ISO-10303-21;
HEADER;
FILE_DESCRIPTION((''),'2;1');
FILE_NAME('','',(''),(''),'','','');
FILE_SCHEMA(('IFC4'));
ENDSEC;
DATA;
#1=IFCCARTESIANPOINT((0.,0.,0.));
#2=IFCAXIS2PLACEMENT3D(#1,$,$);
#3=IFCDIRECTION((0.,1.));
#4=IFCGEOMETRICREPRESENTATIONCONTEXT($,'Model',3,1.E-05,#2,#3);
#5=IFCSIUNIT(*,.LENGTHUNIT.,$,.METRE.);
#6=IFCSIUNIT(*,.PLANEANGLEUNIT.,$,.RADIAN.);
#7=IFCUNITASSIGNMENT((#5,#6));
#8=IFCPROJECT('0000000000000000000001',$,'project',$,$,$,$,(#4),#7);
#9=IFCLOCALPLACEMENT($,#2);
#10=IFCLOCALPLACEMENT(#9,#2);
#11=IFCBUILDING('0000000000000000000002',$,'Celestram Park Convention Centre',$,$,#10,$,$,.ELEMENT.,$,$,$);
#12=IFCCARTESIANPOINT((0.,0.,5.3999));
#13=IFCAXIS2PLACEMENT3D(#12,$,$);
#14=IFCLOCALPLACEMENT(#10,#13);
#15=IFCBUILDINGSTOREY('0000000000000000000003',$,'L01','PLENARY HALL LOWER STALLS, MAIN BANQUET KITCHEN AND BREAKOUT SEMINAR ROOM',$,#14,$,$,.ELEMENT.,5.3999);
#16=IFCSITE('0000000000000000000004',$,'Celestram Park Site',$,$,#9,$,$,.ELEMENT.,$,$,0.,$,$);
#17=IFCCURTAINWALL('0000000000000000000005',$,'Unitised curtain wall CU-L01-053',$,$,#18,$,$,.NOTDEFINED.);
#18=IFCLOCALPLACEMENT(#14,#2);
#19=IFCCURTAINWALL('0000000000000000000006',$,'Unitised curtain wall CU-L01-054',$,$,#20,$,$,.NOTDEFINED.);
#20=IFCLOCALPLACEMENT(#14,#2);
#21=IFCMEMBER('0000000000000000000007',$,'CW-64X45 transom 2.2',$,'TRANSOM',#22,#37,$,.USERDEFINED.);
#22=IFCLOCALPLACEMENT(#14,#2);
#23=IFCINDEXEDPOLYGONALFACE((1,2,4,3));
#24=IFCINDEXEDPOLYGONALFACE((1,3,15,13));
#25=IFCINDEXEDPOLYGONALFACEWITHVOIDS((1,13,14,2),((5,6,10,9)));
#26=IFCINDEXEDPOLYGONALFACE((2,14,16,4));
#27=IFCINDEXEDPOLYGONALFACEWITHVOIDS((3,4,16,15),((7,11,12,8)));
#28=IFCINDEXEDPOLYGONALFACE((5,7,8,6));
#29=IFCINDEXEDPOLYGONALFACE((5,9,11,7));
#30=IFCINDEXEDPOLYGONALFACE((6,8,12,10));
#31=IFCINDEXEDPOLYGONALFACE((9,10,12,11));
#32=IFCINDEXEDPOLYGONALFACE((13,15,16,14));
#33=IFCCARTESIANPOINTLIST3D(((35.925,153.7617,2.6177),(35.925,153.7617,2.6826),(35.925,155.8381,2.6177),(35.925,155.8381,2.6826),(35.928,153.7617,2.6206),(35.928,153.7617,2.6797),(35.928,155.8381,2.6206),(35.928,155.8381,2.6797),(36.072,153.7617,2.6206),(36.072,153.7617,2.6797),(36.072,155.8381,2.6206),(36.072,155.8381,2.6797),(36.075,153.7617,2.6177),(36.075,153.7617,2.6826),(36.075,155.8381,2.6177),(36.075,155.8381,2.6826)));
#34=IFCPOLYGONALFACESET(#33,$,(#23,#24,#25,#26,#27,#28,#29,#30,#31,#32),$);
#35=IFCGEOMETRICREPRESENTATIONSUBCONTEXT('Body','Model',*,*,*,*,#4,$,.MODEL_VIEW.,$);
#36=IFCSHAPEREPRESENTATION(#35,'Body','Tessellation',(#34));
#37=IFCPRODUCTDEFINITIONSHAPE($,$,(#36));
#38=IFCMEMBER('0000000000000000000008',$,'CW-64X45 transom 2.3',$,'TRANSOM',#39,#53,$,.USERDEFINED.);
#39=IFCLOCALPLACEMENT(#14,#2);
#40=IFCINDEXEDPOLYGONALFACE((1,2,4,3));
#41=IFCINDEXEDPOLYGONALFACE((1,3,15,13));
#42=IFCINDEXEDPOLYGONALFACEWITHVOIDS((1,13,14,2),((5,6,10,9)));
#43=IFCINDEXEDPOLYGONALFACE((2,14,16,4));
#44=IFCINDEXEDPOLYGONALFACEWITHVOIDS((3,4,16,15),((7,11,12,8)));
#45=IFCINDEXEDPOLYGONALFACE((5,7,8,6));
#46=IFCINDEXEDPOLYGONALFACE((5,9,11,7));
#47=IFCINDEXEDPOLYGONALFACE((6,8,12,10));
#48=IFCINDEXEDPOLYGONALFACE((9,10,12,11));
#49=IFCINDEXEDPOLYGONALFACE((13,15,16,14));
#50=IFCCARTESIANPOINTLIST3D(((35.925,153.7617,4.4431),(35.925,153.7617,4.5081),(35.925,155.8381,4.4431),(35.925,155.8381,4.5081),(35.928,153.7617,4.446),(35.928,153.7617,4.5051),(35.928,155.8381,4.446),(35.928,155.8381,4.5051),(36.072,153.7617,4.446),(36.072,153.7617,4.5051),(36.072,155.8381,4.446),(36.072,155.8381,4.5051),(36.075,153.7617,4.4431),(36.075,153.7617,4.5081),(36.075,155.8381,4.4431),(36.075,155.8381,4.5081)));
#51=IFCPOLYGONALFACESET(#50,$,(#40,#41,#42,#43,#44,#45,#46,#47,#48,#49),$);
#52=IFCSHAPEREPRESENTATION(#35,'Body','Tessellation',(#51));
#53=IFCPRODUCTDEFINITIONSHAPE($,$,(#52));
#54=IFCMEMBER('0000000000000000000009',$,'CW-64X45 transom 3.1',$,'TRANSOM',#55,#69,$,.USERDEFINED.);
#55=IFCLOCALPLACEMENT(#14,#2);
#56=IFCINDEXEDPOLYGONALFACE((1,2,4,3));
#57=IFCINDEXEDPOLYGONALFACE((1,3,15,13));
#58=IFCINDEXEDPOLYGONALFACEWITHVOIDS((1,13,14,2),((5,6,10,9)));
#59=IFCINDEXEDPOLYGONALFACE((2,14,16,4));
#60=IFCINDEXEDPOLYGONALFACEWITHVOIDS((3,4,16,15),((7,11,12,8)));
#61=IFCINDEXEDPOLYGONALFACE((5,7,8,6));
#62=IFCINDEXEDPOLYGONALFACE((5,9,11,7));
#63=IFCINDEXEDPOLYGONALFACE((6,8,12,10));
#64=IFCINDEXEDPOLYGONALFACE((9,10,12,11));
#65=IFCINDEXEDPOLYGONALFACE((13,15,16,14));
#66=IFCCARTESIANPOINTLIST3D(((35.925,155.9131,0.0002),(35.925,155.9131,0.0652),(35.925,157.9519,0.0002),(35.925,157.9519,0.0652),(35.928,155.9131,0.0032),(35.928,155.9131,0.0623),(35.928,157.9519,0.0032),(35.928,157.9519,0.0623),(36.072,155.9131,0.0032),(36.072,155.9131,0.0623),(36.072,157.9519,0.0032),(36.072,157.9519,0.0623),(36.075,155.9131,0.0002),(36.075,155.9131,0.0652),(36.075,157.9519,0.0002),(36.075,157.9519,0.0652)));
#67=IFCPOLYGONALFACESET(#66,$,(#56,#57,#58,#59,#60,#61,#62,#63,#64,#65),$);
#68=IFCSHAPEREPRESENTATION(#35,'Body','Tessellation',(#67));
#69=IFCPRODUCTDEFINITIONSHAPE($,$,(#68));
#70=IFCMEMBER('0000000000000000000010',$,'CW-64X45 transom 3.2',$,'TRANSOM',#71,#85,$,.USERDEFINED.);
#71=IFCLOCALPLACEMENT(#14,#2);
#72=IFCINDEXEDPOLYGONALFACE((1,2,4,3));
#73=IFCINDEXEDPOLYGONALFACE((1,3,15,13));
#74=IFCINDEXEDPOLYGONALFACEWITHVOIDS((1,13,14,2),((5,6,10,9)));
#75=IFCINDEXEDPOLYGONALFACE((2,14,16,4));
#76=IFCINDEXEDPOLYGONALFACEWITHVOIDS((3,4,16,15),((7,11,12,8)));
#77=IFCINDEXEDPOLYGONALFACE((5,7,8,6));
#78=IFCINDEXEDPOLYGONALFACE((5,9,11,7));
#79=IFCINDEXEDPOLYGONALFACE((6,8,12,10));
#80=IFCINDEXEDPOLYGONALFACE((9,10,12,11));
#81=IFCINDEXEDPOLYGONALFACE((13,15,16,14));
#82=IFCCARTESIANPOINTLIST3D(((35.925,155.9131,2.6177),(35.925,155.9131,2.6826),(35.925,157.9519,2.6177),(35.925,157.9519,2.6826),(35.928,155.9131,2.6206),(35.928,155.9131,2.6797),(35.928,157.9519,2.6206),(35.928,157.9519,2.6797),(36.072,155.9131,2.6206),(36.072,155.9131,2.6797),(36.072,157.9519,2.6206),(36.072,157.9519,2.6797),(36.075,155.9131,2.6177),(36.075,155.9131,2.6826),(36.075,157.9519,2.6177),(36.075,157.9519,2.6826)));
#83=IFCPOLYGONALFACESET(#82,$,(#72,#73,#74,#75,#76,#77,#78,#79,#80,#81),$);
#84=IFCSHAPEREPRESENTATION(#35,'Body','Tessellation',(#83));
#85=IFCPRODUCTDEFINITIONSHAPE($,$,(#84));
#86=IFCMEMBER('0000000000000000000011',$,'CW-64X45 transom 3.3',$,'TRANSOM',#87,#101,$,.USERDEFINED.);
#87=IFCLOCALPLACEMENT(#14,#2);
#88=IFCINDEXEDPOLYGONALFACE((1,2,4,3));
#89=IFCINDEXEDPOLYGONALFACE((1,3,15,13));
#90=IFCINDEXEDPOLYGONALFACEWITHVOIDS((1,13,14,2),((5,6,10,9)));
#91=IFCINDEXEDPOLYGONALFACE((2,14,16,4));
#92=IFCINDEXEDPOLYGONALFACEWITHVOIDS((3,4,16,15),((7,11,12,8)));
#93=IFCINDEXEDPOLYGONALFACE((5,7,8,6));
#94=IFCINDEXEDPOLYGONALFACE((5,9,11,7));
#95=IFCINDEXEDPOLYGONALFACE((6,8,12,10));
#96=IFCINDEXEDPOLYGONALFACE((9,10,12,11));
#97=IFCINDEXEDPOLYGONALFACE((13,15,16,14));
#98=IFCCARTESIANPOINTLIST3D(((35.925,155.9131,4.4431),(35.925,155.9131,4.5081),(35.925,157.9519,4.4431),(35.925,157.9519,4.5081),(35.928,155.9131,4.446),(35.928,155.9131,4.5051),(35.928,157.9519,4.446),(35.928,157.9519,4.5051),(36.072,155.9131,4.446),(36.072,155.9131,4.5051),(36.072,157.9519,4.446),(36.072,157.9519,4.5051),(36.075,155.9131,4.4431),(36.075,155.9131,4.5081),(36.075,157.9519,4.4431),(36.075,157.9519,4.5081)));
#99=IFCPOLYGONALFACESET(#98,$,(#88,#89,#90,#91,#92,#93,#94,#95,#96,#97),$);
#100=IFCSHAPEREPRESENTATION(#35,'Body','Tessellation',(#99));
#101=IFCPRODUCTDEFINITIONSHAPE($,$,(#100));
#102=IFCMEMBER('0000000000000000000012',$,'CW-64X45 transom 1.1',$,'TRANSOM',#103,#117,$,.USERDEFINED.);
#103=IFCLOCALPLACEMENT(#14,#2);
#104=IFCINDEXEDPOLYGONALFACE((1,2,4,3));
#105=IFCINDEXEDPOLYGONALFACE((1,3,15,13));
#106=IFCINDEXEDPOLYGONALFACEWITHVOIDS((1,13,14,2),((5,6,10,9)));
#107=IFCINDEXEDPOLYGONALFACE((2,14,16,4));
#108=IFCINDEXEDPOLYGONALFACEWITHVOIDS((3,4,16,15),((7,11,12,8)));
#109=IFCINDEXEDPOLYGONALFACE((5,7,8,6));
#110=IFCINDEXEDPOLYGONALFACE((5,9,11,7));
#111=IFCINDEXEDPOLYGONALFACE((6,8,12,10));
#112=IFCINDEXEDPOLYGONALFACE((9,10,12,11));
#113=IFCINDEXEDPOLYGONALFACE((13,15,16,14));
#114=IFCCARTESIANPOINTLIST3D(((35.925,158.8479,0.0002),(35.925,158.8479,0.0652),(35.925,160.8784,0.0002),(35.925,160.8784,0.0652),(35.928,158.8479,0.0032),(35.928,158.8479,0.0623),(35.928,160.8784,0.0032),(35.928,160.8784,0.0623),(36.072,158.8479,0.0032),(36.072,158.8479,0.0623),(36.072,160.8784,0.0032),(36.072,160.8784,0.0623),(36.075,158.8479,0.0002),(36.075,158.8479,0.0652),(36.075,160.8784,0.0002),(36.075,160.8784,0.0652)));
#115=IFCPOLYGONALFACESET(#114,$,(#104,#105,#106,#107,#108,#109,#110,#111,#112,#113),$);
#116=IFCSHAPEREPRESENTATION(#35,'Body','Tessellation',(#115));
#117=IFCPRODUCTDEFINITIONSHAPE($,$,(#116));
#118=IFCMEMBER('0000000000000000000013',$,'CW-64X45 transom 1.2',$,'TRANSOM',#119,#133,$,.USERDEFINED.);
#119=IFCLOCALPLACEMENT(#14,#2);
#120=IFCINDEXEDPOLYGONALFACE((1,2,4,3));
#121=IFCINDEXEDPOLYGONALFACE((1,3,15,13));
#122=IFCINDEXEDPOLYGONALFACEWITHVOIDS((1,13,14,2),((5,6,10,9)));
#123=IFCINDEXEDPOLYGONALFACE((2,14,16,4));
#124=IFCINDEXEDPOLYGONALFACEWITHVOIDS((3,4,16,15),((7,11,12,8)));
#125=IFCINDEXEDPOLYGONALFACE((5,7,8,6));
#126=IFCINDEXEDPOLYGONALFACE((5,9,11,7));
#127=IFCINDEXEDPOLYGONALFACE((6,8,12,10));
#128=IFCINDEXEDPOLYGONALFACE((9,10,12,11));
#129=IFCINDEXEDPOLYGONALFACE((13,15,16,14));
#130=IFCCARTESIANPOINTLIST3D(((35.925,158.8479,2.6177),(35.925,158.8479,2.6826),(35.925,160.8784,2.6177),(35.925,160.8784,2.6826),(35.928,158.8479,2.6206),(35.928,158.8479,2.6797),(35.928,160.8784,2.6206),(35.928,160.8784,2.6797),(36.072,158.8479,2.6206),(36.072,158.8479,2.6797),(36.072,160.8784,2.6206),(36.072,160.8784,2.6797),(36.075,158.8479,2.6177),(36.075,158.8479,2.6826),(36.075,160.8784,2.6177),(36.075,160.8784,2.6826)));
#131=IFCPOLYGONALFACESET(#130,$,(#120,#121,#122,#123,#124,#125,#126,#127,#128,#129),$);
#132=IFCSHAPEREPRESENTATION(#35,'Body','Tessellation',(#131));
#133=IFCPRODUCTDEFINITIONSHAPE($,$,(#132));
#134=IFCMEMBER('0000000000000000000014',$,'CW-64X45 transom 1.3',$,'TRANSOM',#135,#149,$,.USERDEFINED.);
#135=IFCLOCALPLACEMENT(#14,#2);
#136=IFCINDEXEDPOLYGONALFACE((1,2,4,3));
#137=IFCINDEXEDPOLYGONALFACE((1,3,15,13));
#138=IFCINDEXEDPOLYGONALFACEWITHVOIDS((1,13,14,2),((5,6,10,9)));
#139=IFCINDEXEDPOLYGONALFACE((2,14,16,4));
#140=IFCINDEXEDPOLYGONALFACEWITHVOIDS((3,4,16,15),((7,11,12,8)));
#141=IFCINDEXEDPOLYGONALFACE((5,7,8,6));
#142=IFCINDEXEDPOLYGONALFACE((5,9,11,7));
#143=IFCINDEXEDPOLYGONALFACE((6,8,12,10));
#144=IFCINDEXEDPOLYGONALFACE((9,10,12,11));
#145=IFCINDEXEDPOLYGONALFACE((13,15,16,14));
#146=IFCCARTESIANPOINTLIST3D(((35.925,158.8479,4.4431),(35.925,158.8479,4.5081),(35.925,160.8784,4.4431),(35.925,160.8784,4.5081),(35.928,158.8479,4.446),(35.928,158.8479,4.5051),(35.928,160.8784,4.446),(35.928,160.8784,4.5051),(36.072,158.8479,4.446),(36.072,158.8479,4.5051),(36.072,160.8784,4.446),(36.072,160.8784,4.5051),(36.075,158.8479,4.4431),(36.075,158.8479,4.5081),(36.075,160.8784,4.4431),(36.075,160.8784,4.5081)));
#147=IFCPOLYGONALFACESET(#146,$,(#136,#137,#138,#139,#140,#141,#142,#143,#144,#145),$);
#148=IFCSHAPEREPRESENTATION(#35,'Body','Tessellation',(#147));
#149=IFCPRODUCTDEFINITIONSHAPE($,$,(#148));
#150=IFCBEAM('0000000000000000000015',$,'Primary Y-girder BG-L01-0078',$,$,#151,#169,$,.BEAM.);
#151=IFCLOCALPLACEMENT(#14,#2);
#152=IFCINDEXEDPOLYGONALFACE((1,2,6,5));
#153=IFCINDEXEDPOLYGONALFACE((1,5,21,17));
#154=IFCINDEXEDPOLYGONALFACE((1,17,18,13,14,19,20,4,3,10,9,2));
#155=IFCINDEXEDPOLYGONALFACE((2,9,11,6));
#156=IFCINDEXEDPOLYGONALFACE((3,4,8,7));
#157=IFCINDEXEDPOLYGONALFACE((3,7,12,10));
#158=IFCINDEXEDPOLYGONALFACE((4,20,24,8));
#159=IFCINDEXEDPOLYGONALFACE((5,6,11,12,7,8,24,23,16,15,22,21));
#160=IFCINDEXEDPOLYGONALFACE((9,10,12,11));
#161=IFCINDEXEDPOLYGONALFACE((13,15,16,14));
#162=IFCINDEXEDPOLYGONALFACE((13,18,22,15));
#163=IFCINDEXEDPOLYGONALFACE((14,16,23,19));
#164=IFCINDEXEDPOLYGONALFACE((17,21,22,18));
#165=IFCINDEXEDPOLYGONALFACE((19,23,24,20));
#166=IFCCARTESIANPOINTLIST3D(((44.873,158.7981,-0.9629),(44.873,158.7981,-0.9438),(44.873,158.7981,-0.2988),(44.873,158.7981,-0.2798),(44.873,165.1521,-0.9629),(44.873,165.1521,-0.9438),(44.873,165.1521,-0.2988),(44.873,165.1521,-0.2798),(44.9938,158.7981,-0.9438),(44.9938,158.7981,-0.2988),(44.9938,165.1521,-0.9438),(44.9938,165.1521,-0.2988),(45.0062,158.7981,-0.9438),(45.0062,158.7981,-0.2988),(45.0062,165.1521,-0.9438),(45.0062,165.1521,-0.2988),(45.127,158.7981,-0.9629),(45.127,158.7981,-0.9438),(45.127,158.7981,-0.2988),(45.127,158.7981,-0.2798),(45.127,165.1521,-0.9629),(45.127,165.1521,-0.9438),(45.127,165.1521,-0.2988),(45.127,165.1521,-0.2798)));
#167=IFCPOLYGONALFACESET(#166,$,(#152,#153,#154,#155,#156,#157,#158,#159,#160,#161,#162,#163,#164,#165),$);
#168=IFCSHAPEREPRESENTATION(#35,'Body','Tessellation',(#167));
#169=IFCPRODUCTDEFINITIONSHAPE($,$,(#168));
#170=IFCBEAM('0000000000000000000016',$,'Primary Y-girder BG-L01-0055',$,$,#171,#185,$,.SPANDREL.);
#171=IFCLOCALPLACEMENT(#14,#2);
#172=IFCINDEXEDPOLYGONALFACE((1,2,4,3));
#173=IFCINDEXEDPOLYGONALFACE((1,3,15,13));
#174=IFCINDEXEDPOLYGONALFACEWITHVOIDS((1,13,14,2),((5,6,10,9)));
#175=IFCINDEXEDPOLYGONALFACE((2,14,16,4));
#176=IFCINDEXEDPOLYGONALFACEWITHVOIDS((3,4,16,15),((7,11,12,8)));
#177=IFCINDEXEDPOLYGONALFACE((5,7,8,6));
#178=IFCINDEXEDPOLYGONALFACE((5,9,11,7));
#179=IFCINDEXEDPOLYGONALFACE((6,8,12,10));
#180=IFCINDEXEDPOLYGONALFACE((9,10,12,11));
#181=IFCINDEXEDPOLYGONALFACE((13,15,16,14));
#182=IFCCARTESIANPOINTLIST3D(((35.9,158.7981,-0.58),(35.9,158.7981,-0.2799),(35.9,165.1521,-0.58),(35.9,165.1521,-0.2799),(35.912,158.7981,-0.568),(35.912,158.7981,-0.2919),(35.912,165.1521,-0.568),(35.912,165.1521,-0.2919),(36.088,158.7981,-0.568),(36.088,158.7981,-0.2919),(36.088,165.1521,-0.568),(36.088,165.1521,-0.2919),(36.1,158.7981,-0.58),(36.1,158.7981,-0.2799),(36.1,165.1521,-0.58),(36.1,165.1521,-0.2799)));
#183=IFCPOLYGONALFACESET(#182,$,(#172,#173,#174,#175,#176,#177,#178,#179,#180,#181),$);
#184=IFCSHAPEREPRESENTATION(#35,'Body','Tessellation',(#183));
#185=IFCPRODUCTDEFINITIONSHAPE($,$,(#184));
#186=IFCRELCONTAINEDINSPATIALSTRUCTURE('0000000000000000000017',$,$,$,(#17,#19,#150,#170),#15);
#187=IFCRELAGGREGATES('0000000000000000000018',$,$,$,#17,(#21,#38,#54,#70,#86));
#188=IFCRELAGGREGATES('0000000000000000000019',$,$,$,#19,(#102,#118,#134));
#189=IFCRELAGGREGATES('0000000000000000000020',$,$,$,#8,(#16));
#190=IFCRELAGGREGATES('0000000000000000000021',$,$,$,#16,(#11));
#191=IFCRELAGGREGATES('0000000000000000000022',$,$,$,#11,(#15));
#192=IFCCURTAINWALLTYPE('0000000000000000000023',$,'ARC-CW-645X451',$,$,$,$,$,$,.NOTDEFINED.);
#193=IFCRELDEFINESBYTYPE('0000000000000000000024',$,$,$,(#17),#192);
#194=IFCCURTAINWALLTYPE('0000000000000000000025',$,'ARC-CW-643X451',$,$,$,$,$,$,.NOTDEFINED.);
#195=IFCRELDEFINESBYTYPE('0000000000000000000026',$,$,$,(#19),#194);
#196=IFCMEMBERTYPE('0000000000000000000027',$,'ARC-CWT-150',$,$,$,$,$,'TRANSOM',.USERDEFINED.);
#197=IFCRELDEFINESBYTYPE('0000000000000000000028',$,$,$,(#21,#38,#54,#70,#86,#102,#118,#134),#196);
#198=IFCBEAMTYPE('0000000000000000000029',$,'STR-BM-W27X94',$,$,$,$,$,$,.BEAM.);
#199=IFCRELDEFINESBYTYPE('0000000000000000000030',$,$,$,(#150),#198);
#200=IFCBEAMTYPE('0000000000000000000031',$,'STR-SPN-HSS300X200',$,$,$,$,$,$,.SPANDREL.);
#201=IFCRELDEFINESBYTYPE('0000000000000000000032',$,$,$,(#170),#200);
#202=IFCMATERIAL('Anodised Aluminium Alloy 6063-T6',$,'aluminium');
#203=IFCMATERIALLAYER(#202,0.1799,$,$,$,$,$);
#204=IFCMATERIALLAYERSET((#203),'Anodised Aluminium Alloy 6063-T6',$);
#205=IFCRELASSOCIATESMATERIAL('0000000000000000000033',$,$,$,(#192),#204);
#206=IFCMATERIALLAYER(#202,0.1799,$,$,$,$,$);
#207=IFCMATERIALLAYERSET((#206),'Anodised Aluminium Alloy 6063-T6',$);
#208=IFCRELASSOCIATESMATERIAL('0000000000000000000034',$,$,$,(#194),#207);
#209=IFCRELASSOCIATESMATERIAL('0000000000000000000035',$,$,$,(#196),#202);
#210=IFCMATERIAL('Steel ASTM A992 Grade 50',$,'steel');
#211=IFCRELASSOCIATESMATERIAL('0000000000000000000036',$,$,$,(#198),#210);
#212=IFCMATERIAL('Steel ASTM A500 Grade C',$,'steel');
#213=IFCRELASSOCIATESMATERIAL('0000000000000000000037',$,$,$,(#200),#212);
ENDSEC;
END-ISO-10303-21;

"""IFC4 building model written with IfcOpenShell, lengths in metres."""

from ifc_helpers import new_model, si_unit, direction, frame, origin, origin_2d, place, context, subcontext, project, spatial, hollow_rectangle, i_section, extrude, material, layer, layer_set, material_profile, profile_set, type_object, element, aggregate, save


model = new_model("IFC4")

# Units and contexts
model_context = context("Model", 3, precision=1e-05, world=origin(), true_north=direction((0.0, 1.0)))
body_context = subcontext(model_context, "Body", "Model", "MODEL_VIEW")
ifc_project = project(units=[si_unit("LENGTHUNIT", "METRE"), si_unit("PLANEANGLEUNIT", "RADIAN")], contexts=[model_context])

# Site, building, storey
site_placement = place(None, origin())
site = spatial("IfcSite", under=ifc_project, at=site_placement, Name="Celestram Park Site", CompositionType="ELEMENT", RefElevation=0.0)
building_placement = place(site_placement, origin())
building = spatial("IfcBuilding", under=site, at=building_placement, Name="Celestram Park Convention Centre", CompositionType="ELEMENT")
storey_placement = place(building_placement, frame((0.0, 0.0, 5.3999)))
storey = spatial("IfcBuildingStorey", under=building, at=storey_placement, Name="L01", Description="PLENARY HALL LOWER STALLS, MAIN BANQUET KITCHEN AND BREAKOUT SEMINAR ROOM", CompositionType="ELEMENT", Elevation=5.3999)

# Curtain wall
ifc_material_1 = material(Name="Anodised Aluminium Alloy 6063-T6", Category="aluminium")
ifc_layer_1 = layer(ifc_material_1, 0.1799)
ifc_layer_set_1 = layer_set([ifc_layer_1], Name="Anodised Aluminium Alloy 6063-T6")
curtain_wall_type_1 = type_object("IfcCurtainWallType", Name="ARC-CW-645X451", PredefinedType="NOTDEFINED", material=ifc_layer_set_1)
curtain_wall_1_placement = place(storey_placement, origin())
curtain_wall_1 = element("IfcCurtainWall", 1, at=curtain_wall_1_placement, inside=storey, type_object=curtain_wall_type_1, Name="Unitised curtain wall CU-L01-053", PredefinedType="NOTDEFINED")

# Curtain wall
ifc_layer_2 = layer(ifc_material_1, 0.1799)
ifc_layer_set_2 = layer_set([ifc_layer_2], Name="Anodised Aluminium Alloy 6063-T6")
curtain_wall_type_2 = type_object("IfcCurtainWallType", Name="ARC-CW-643X451", PredefinedType="NOTDEFINED", material=ifc_layer_set_2)
curtain_wall_2_placement = place(storey_placement, origin())
curtain_wall_2 = element("IfcCurtainWall", 2, at=curtain_wall_2_placement, inside=storey, type_object=curtain_wall_type_2, Name="Unitised curtain wall CU-L01-054", PredefinedType="NOTDEFINED")

# Members
ifc_material_profile_1 = material_profile(ifc_material_1, hollow_rectangle(XDim=0.1499, YDim=0.0649, WallThickness=0.0029, at=origin_2d()), Name="ALU150X65X3")
ifc_profile_set_1 = profile_set([ifc_material_profile_1], Name="Anodised Aluminium Alloy 6063-T6")
member_type_1 = type_object("IfcMemberType", Name="ARC-CWT-150", ElementType="TRANSOM", PredefinedType="USERDEFINED", material=ifc_profile_set_1)
member_1_placement = place(storey_placement, frame((36.0, 153.7617, 2.6501), z_axis=(0.0, 1.0, 0.0), x_axis=(-1.0, 0.0, 0.0)))
member_1 = element("IfcMember", 3, at=member_1_placement, type_object=member_type_1, Name="CW-64X45 transom 2.2", ObjectType="TRANSOM", PredefinedType="USERDEFINED", context=body_context, shape_type="SweptSolid", body=[
    extrude(hollow_rectangle(XDim=0.1499, YDim=0.0649, WallThickness=0.0029, at=origin_2d()), origin(), (0.0, 0.0, 1.0), 2.0764),
])
member_2_placement = place(storey_placement, frame((36.0, 153.7617, 4.4756), z_axis=(0.0, 1.0, 0.0), x_axis=(-1.0, 0.0, 0.0)))
member_2 = element("IfcMember", 4, at=member_2_placement, type_object=member_type_1, Name="CW-64X45 transom 2.3", ObjectType="TRANSOM", PredefinedType="USERDEFINED", context=body_context, shape_type="SweptSolid", body=[
    extrude(hollow_rectangle(XDim=0.1499, YDim=0.0649, WallThickness=0.0029, at=origin_2d()), origin(), (0.0, 0.0, 1.0), 2.0764),
])
member_3_placement = place(storey_placement, frame((36.0, 155.9131, 0.0327), z_axis=(0.0, 1.0, 0.0), x_axis=(-1.0, 0.0, 0.0)))
member_3 = element("IfcMember", 5, at=member_3_placement, type_object=member_type_1, Name="CW-64X45 transom 3.1", ObjectType="TRANSOM", PredefinedType="USERDEFINED", context=body_context, shape_type="SweptSolid", body=[
    extrude(hollow_rectangle(XDim=0.1499, YDim=0.0649, WallThickness=0.0029, at=origin_2d()), origin(), (0.0, 0.0, 1.0), 2.0388),
])
member_4_placement = place(storey_placement, frame((36.0, 155.9131, 2.6501), z_axis=(0.0, 1.0, 0.0), x_axis=(-1.0, 0.0, 0.0)))
member_4 = element("IfcMember", 6, at=member_4_placement, type_object=member_type_1, Name="CW-64X45 transom 3.2", ObjectType="TRANSOM", PredefinedType="USERDEFINED", context=body_context, shape_type="SweptSolid", body=[
    extrude(hollow_rectangle(XDim=0.1499, YDim=0.0649, WallThickness=0.0029, at=origin_2d()), origin(), (0.0, 0.0, 1.0), 2.0388),
])
member_5_placement = place(storey_placement, frame((36.0, 155.9131, 4.4756), z_axis=(0.0, 1.0, 0.0), x_axis=(-1.0, 0.0, 0.0)))
member_5 = element("IfcMember", 7, at=member_5_placement, type_object=member_type_1, Name="CW-64X45 transom 3.3", ObjectType="TRANSOM", PredefinedType="USERDEFINED", context=body_context, shape_type="SweptSolid", body=[
    extrude(hollow_rectangle(XDim=0.1499, YDim=0.0649, WallThickness=0.0029, at=origin_2d()), origin(), (0.0, 0.0, 1.0), 2.0388),
])
member_6_placement = place(storey_placement, frame((36.0, 158.8479, 0.0327), z_axis=(0.0, 1.0, 0.0), x_axis=(-1.0, 0.0, 0.0)))
member_6 = element("IfcMember", 8, at=member_6_placement, type_object=member_type_1, Name="CW-64X45 transom 1.1", ObjectType="TRANSOM", PredefinedType="USERDEFINED", context=body_context, shape_type="SweptSolid", body=[
    extrude(hollow_rectangle(XDim=0.1499, YDim=0.0649, WallThickness=0.0029, at=origin_2d()), origin(), (0.0, 0.0, 1.0), 2.0305),
])
member_7_placement = place(storey_placement, frame((36.0, 158.8479, 2.6501), z_axis=(0.0, 1.0, 0.0), x_axis=(-1.0, 0.0, 0.0)))
member_7 = element("IfcMember", 9, at=member_7_placement, type_object=member_type_1, Name="CW-64X45 transom 1.2", ObjectType="TRANSOM", PredefinedType="USERDEFINED", context=body_context, shape_type="SweptSolid", body=[
    extrude(hollow_rectangle(XDim=0.1499, YDim=0.0649, WallThickness=0.0029, at=origin_2d()), origin(), (0.0, 0.0, 1.0), 2.0305),
])
member_8_placement = place(storey_placement, frame((36.0, 158.8479, 4.4756), z_axis=(0.0, 1.0, 0.0), x_axis=(-1.0, 0.0, 0.0)))
member_8 = element("IfcMember", 10, at=member_8_placement, type_object=member_type_1, Name="CW-64X45 transom 1.3", ObjectType="TRANSOM", PredefinedType="USERDEFINED", context=body_context, shape_type="SweptSolid", body=[
    extrude(hollow_rectangle(XDim=0.1499, YDim=0.0649, WallThickness=0.0029, at=origin_2d()), origin(), (0.0, 0.0, 1.0), 2.0305),
])

# Beams
ifc_material_2 = material(Name="Steel ASTM A992 Grade 50", Category="steel")
ifc_material_profile_2 = material_profile(ifc_material_2, i_section(OverallWidth=0.2539, OverallDepth=0.6831, WebThickness=0.0125, FlangeThickness=0.019, at=origin_2d()), Name="W27X94")
ifc_profile_set_2 = profile_set([ifc_material_profile_2], Name="Steel ASTM A992 Grade 50")
beam_type_1 = type_object("IfcBeamType", Name="STR-BM-W27X94", PredefinedType="BEAM", material=ifc_profile_set_2)
beam_1_placement = place(storey_placement, frame((45.0, 158.7981, -0.6213), z_axis=(0.0, 1.0, 0.0), x_axis=(-1.0, 0.0, 0.0)))
element("IfcBeam", 11, at=beam_1_placement, inside=storey, type_object=beam_type_1, Name="Primary Y-girder BG-L01-0078", PredefinedType="BEAM", context=body_context, shape_type="SweptSolid", body=[
    extrude(i_section(OverallWidth=0.2539, OverallDepth=0.6831, WebThickness=0.0125, FlangeThickness=0.019, at=origin_2d()), origin(), (0.0, 0.0, 1.0), 6.354),
])
ifc_material_3 = material(Name="Steel ASTM A500 Grade C", Category="steel")
ifc_material_profile_3 = material_profile(ifc_material_3, hollow_rectangle(XDim=0.2, YDim=0.3, WallThickness=0.012, at=origin_2d()), Name="HSS300X200X12")
ifc_profile_set_3 = profile_set([ifc_material_profile_3], Name="Steel ASTM A500 Grade C")
beam_type_2 = type_object("IfcBeamType", Name="STR-SPN-HSS300X200", PredefinedType="SPANDREL", material=ifc_profile_set_3)
beam_2_placement = place(storey_placement, frame((36.0, 158.7981, -0.4299), z_axis=(0.0, 1.0, 0.0), x_axis=(-1.0, 0.0, 0.0)))
element("IfcBeam", 12, at=beam_2_placement, inside=storey, type_object=beam_type_2, Name="Primary Y-girder BG-L01-0055", PredefinedType="SPANDREL", context=body_context, shape_type="SweptSolid", body=[
    extrude(hollow_rectangle(XDim=0.2, YDim=0.3, WallThickness=0.012, at=origin_2d()), origin(), (0.0, 0.0, 1.0), 6.354),
])

aggregate(curtain_wall_1, [member_1, member_2, member_3, member_4, member_5])
aggregate(curtain_wall_2, [member_6, member_7, member_8])

save(model, "model.ifc")
